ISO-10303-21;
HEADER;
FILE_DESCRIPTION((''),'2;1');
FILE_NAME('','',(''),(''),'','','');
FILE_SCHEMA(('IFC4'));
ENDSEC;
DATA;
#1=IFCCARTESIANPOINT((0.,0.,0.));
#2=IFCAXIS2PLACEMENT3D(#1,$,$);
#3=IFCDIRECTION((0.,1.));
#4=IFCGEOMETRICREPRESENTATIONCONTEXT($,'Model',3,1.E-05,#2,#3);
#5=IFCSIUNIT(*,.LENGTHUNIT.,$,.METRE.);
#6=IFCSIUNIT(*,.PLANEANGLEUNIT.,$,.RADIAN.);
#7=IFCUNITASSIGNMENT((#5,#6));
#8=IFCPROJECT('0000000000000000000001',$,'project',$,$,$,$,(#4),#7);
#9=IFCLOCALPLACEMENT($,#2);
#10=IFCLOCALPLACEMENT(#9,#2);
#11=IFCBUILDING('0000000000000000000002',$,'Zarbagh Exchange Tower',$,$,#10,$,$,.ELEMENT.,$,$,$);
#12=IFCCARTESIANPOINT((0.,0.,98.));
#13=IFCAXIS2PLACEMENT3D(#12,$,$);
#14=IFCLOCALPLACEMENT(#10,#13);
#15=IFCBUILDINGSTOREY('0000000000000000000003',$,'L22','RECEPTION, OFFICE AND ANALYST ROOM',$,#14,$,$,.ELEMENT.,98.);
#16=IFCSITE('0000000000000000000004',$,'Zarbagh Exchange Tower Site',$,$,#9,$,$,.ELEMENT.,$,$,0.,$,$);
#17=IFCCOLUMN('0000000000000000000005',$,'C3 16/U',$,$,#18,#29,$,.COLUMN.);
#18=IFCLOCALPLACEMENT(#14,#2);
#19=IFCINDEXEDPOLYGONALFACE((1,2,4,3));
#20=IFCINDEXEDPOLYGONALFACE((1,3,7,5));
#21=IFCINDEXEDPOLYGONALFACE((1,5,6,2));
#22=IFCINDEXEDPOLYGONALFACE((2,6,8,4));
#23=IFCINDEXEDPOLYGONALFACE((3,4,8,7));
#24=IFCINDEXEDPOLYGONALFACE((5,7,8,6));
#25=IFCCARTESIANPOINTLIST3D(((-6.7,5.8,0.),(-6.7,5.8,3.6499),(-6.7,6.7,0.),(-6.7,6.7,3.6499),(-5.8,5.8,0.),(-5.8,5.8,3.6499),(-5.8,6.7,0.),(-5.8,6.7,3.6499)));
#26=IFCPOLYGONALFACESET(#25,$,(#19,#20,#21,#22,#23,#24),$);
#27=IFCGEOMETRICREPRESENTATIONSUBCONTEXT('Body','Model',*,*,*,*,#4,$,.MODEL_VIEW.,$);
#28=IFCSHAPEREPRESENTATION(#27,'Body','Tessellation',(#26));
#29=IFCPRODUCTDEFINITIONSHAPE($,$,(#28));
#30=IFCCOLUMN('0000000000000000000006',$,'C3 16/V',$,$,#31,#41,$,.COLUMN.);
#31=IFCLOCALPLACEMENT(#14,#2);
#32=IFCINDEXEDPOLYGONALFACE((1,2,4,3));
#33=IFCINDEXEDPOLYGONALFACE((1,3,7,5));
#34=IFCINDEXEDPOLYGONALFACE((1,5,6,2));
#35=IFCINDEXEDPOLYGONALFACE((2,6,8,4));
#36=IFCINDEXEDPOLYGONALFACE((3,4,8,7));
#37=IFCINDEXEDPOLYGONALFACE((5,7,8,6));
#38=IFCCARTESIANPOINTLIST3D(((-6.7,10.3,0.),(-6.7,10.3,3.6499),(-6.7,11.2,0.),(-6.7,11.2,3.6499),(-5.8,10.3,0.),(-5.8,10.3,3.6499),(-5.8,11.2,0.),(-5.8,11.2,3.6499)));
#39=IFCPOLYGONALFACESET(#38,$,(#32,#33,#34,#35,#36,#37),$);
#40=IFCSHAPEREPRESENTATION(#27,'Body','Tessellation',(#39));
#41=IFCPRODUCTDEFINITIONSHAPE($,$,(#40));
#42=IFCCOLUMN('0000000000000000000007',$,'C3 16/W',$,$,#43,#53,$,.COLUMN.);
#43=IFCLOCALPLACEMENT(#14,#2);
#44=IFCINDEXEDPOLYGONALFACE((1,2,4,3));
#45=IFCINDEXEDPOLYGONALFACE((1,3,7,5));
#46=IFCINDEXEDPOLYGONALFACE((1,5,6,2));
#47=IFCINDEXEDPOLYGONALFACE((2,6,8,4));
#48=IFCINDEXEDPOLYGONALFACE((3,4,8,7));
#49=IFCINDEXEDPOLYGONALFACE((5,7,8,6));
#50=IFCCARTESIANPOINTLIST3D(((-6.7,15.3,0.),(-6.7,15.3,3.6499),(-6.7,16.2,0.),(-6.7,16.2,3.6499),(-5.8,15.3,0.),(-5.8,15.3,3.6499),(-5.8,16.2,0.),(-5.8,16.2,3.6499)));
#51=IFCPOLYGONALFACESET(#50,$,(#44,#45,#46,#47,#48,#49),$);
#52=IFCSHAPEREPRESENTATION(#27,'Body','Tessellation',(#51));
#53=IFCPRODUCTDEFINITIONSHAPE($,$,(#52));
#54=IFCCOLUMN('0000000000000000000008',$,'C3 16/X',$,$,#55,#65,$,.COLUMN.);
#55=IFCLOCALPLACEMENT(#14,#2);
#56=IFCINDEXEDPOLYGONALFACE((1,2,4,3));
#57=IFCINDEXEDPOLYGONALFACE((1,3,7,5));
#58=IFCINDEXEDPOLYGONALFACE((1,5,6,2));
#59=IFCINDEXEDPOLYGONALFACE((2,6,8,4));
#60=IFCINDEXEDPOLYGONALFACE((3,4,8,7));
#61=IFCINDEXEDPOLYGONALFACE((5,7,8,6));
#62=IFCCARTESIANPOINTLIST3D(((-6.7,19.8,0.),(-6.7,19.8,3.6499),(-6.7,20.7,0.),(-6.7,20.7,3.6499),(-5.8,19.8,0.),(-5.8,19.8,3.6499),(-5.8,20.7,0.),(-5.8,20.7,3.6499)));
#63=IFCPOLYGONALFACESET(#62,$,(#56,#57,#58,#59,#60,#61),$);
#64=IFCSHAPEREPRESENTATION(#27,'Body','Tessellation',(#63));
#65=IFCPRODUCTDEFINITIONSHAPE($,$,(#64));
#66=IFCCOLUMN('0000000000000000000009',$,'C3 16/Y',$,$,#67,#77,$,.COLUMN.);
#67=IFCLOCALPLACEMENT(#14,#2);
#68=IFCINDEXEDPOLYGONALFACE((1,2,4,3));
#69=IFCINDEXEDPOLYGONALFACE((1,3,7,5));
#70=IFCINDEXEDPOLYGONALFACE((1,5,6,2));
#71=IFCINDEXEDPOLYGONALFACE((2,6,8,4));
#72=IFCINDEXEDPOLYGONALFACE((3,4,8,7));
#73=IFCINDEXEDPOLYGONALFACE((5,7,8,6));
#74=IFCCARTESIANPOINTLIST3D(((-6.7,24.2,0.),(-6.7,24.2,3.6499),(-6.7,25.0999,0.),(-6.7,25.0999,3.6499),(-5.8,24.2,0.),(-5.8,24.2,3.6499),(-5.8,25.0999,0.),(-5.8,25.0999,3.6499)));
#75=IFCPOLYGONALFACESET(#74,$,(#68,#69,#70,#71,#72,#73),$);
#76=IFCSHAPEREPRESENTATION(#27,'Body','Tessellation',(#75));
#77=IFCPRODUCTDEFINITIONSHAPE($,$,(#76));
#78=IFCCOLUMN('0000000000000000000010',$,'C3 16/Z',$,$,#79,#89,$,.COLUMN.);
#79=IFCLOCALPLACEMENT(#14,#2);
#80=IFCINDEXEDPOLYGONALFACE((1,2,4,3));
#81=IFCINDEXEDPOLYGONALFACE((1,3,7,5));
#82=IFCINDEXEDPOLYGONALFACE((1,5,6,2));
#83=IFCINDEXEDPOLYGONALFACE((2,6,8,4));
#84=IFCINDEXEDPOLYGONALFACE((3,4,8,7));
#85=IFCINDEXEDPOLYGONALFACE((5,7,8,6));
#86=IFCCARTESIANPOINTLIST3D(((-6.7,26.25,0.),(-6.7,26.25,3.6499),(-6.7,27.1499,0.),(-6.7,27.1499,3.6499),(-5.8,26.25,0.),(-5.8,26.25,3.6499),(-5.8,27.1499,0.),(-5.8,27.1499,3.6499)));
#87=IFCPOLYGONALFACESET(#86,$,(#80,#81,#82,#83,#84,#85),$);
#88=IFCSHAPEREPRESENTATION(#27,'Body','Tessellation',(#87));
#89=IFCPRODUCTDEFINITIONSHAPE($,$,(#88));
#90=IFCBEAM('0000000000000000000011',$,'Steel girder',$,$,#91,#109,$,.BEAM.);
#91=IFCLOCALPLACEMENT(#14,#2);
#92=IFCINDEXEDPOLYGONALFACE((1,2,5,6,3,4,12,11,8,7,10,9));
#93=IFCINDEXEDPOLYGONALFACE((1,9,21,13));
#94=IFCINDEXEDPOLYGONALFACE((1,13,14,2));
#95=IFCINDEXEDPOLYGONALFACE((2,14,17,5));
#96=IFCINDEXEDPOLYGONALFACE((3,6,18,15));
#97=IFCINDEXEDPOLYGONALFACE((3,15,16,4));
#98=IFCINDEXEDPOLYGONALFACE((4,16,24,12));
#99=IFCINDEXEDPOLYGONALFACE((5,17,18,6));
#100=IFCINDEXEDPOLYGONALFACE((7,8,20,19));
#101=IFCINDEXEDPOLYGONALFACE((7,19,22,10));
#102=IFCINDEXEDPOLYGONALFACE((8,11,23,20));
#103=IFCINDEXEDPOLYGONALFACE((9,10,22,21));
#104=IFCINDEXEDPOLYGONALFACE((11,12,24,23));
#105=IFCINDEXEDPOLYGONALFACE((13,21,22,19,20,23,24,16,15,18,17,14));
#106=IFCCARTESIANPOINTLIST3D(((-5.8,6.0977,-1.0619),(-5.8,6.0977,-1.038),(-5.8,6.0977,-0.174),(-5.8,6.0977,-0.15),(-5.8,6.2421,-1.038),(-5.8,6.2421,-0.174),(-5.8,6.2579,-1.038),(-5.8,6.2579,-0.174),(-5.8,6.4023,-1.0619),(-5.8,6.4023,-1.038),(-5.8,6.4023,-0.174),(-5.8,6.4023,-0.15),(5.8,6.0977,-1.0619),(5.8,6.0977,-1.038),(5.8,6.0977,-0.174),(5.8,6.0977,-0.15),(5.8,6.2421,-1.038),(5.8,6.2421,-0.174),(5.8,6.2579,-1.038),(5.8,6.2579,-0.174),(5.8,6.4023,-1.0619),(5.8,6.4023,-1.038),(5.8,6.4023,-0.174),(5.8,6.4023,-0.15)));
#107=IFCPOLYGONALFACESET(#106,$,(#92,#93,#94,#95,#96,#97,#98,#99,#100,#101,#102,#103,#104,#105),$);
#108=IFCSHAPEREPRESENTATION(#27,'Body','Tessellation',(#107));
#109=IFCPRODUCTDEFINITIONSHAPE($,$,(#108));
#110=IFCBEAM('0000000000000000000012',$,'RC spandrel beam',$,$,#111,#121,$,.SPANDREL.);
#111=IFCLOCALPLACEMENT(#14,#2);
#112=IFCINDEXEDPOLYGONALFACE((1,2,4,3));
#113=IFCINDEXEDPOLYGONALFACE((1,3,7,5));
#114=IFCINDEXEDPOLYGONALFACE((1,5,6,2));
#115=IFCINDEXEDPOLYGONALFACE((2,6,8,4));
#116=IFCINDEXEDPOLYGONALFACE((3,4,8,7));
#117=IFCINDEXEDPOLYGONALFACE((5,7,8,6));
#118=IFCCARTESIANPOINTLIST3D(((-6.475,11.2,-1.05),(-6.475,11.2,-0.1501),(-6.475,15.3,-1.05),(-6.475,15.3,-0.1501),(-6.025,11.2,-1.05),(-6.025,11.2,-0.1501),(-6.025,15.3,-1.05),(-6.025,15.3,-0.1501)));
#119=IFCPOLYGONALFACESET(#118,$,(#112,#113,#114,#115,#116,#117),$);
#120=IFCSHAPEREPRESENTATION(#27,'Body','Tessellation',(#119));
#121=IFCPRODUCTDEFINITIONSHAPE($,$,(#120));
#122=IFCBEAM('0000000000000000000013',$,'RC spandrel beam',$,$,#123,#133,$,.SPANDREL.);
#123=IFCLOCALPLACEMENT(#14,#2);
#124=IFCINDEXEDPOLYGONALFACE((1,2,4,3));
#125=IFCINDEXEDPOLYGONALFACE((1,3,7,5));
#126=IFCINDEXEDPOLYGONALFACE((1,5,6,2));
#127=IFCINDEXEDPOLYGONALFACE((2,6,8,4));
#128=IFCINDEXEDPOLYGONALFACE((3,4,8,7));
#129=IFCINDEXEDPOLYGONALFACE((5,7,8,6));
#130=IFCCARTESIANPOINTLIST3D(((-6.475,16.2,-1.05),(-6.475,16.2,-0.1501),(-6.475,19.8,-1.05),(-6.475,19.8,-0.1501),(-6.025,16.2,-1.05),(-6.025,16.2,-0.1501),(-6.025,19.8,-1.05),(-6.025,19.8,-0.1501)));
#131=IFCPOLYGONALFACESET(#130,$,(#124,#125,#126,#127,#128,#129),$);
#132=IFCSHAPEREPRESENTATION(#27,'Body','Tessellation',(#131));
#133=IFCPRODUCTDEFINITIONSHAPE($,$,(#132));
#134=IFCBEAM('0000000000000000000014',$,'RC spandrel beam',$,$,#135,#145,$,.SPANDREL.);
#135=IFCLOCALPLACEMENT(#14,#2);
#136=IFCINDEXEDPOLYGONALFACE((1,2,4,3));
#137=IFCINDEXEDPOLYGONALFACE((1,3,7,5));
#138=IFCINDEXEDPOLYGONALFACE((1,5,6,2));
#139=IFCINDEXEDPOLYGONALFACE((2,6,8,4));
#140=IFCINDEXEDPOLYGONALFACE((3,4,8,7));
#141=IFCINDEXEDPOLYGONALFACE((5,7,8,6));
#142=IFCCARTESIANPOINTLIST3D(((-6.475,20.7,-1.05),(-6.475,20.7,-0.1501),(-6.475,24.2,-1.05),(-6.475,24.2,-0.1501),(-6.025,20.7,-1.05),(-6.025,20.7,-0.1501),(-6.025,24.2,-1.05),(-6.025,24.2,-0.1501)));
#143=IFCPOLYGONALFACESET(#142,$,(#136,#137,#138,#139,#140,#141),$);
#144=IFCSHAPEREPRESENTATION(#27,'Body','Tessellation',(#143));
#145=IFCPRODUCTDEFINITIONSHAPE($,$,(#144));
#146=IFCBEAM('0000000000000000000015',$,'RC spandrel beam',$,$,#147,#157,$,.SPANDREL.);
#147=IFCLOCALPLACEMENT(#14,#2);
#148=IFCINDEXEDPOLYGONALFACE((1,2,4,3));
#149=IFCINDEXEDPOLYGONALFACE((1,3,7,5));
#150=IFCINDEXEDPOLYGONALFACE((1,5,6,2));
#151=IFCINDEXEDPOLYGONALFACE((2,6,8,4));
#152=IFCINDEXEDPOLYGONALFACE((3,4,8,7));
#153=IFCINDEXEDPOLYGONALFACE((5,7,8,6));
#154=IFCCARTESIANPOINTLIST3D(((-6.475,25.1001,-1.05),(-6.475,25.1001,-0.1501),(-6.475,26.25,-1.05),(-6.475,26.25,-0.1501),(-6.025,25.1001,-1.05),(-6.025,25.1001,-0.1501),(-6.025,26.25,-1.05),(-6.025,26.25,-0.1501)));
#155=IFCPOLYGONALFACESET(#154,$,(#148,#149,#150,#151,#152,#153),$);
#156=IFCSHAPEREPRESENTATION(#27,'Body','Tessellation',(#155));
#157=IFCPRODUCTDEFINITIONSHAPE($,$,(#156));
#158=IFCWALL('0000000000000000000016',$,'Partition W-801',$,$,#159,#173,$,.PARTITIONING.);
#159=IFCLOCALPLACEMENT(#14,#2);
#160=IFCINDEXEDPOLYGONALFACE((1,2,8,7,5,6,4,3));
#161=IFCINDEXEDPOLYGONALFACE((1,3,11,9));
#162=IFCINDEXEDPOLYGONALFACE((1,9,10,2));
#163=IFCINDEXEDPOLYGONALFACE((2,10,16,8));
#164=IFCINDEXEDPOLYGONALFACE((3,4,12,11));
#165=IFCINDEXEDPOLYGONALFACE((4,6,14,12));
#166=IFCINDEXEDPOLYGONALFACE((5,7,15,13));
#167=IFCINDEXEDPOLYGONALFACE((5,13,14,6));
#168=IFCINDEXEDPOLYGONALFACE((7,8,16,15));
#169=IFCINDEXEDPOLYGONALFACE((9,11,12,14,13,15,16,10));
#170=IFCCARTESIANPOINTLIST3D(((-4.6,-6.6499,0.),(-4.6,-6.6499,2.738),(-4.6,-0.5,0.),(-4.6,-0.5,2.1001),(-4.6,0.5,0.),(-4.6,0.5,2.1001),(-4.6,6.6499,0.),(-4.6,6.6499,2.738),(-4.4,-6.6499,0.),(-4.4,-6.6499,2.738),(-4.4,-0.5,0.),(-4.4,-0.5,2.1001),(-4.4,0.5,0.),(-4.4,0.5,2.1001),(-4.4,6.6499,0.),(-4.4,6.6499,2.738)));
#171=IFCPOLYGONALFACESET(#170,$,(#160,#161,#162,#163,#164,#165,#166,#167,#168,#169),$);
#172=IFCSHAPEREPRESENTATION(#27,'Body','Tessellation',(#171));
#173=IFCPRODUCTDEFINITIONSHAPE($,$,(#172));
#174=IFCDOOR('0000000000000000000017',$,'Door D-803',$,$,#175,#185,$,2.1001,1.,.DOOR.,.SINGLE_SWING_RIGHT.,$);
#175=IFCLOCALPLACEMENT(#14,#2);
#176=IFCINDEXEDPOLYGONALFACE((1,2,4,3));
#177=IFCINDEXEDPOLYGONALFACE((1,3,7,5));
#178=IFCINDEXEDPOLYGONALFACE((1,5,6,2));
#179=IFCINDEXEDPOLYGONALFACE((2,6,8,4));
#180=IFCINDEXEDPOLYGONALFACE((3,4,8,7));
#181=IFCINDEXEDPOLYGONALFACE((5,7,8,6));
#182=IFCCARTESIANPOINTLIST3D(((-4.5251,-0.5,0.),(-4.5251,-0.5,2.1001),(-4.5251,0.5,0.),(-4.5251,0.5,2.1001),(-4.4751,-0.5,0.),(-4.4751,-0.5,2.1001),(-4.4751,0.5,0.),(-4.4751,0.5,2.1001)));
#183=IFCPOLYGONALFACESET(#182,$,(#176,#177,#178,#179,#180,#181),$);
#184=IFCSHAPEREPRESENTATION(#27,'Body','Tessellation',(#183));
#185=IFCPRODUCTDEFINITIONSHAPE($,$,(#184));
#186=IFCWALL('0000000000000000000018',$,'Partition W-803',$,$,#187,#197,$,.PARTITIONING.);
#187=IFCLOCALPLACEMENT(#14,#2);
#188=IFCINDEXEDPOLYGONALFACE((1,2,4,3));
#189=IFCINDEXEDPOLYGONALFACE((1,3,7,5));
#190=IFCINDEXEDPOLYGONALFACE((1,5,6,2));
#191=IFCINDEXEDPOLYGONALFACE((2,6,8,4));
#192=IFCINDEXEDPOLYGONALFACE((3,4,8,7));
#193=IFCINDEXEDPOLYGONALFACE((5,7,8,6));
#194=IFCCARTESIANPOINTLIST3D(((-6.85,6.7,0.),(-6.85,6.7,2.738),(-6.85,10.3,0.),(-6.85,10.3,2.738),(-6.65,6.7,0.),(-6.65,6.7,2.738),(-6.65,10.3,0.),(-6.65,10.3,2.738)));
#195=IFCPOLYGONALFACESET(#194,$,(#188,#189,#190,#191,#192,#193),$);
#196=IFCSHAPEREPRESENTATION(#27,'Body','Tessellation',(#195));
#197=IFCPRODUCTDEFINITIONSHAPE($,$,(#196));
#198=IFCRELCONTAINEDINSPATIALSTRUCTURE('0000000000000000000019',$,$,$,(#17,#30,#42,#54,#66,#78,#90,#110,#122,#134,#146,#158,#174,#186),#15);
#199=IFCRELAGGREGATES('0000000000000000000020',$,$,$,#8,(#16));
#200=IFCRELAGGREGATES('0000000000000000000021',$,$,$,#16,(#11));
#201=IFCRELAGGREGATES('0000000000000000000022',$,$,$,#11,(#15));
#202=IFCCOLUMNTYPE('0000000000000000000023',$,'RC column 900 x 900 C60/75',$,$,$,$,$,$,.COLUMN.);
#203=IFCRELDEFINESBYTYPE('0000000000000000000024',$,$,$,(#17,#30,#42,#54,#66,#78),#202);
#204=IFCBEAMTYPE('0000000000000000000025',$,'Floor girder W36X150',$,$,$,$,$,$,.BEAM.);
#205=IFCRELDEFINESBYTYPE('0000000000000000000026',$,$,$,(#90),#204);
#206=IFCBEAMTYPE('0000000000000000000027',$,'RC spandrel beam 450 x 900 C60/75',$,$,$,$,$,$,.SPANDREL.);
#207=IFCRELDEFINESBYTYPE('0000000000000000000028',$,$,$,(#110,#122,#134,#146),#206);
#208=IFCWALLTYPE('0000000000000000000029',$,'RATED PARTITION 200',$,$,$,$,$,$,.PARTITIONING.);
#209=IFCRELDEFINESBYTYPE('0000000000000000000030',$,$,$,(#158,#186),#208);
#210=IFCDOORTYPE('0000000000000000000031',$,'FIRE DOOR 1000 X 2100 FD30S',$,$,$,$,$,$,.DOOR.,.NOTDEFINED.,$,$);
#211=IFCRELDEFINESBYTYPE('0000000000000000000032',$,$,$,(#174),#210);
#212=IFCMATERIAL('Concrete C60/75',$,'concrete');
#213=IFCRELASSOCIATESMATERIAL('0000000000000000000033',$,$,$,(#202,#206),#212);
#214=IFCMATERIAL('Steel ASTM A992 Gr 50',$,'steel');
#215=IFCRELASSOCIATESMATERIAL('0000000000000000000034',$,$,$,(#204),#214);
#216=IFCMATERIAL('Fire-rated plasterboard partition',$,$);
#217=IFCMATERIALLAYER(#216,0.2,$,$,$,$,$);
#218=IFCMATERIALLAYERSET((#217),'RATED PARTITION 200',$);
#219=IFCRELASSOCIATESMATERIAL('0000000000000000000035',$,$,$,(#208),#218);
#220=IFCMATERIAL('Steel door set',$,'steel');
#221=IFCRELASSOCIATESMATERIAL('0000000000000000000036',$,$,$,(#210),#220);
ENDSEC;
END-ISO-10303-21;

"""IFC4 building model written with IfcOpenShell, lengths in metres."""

from ifc_helpers import new_model, si_unit, direction, frame, frame_2d, origin, origin_2d, place, context, subcontext, project, spatial, rectangle, i_section, extrude, material, layer, layer_set, material_profile, profile_set, type_object, element, fill, save


model = new_model("IFC4")

# Units and contexts
model_context = context("Model", 3, precision=1e-05, world=origin(), true_north=direction((0.0, 1.0)))
body_context = subcontext(model_context, "Body", "Model", "MODEL_VIEW")
ifc_project = project(units=[si_unit("LENGTHUNIT", "METRE"), si_unit("PLANEANGLEUNIT", "RADIAN")], contexts=[model_context])

# Site, building, storey
site_placement = place(None, origin())
site = spatial("IfcSite", under=ifc_project, at=site_placement, Name="Zarbagh Exchange Tower Site", CompositionType="ELEMENT", RefElevation=0.0)
building_placement = place(site_placement, origin())
building = spatial("IfcBuilding", under=site, at=building_placement, Name="Zarbagh Exchange Tower", CompositionType="ELEMENT")
storey_placement = place(building_placement, frame((0.0, 0.0, 98.0)))
storey = spatial("IfcBuildingStorey", under=building, at=storey_placement, Name="L22", Description="RECEPTION, OFFICE AND ANALYST ROOM", CompositionType="ELEMENT", Elevation=98.0)

# Columns
ifc_material_1 = material(Name="Concrete C60/75", Category="concrete")
ifc_material_profile_1 = material_profile(ifc_material_1, rectangle(XDim=0.8999, YDim=0.8999, at=origin_2d()), Name="RC column 900 x 900 C60/75")
ifc_profile_set_1 = profile_set([ifc_material_profile_1], Name="Concrete C60/75")
column_type = type_object("IfcColumnType", Name="RC column 900 x 900 C60/75", PredefinedType="COLUMN", material=ifc_profile_set_1)
for number, where, z_axis, x_axis, name in (
    (1, (-6.25, 6.25, 0.0), (0.0, 0.0, 1.0), (1.0, 0.0, 0.0), "C3 16/U"),
    (2, (-6.25, 10.75, 0.0), (0.0, 0.0, 1.0), (1.0, 0.0, 0.0), "C3 16/V"),
    (3, (-6.25, 15.75, 0.0), (0.0, 0.0, 1.0), (1.0, 0.0, 0.0), "C3 16/W"),
    (4, (-6.25, 20.25, 0.0), (0.0, 0.0, 1.0), (1.0, 0.0, 0.0), "C3 16/X"),
    (5, (-6.25, 24.6499, 0.0), (0.0, 0.0, 1.0), (1.0, 0.0, 0.0), "C3 16/Y"),
    (6, (-6.25, 26.7, 0.0), (0.0, 0.0, 1.0), (1.0, 0.0, 0.0), "C3 16/Z"),
):
    element("IfcColumn", number, at=place(storey_placement, frame(where, z_axis=z_axis, x_axis=x_axis)), inside=storey, type_object=column_type, Name=name, PredefinedType="COLUMN", context=body_context, shape_type="SweptSolid", body=[
        extrude(rectangle(XDim=0.8999, YDim=0.8999, at=origin_2d()), origin(), (0.0, 0.0, 1.0), 3.6499),
    ])

# Beams
ifc_material_2 = material(Name="Steel ASTM A992 Gr 50", Category="steel")
ifc_material_profile_2 = material_profile(ifc_material_2, i_section(OverallWidth=0.3047, OverallDepth=0.9119, WebThickness=0.0159, FlangeThickness=0.0239, at=origin_2d()), Name="W36X150")
ifc_profile_set_2 = profile_set([ifc_material_profile_2], Name="Steel ASTM A992 Gr 50")
beam_type_1 = type_object("IfcBeamType", Name="Floor girder W36X150", PredefinedType="BEAM", material=ifc_profile_set_2)
beam_1_placement = place(storey_placement, frame((-5.8, 6.25, -0.606), z_axis=(1.0, 0.0, 0.0), x_axis=(0.0, 1.0, 0.0)))
element("IfcBeam", 7, at=beam_1_placement, inside=storey, type_object=beam_type_1, Name="Steel girder", PredefinedType="BEAM", context=body_context, shape_type="SweptSolid", body=[
    extrude(i_section(OverallWidth=0.3047, OverallDepth=0.9119, WebThickness=0.0159, FlangeThickness=0.0239, at=origin_2d()), origin(), (0.0, 0.0, 1.0), 11.6001),
])
ifc_material_profile_3 = material_profile(ifc_material_1, rectangle(XDim=0.45, YDim=0.8999, at=origin_2d()), Name="RC spandrel beam 450 x 900 C60/75")
ifc_profile_set_3 = profile_set([ifc_material_profile_3], Name="Concrete C60/75")
beam_type_2 = type_object("IfcBeamType", Name="RC spandrel beam 450 x 900 C60/75", PredefinedType="SPANDREL", material=ifc_profile_set_3)
beam_2_placement = place(storey_placement, frame((-6.25, 11.2, -0.6001), z_axis=(0.0, 1.0, 0.0), x_axis=(-1.0, 0.0, 0.0)))
element("IfcBeam", 8, at=beam_2_placement, inside=storey, type_object=beam_type_2, Name="RC spandrel beam", PredefinedType="SPANDREL", context=body_context, shape_type="SweptSolid", body=[
    extrude(rectangle(XDim=0.45, YDim=0.8999, at=origin_2d()), origin(), (0.0, 0.0, 1.0), 4.1001),
])
beam_3_placement = place(storey_placement, frame((-6.25, 16.2, -0.6001), z_axis=(0.0, 1.0, 0.0), x_axis=(-1.0, 0.0, 0.0)))
element("IfcBeam", 9, at=beam_3_placement, inside=storey, type_object=beam_type_2, Name="RC spandrel beam", PredefinedType="SPANDREL", context=body_context, shape_type="SweptSolid", body=[
    extrude(rectangle(XDim=0.45, YDim=0.8999, at=origin_2d()), origin(), (0.0, 0.0, 1.0), 3.6001),
])
beam_4_placement = place(storey_placement, frame((-6.25, 20.7, -0.6001), z_axis=(0.0, 1.0, 0.0), x_axis=(-1.0, 0.0, 0.0)))
element("IfcBeam", 10, at=beam_4_placement, inside=storey, type_object=beam_type_2, Name="RC spandrel beam", PredefinedType="SPANDREL", context=body_context, shape_type="SweptSolid", body=[
    extrude(rectangle(XDim=0.45, YDim=0.8999, at=origin_2d()), origin(), (0.0, 0.0, 1.0), 3.5),
])
beam_5_placement = place(storey_placement, frame((-6.25, 25.1001, -0.6001), z_axis=(0.0, 1.0, 0.0), x_axis=(-1.0, 0.0, 0.0)))
element("IfcBeam", 11, at=beam_5_placement, inside=storey, type_object=beam_type_2, Name="RC spandrel beam", PredefinedType="SPANDREL", context=body_context, shape_type="SweptSolid", body=[
    extrude(rectangle(XDim=0.45, YDim=0.8999, at=origin_2d()), origin(), (0.0, 0.0, 1.0), 1.1499),
])

# Wall, opening, door
ifc_material_3 = material(Name="Fire-rated plasterboard partition")
ifc_layer_1 = layer(ifc_material_3, 0.2)
ifc_layer_set_1 = layer_set([ifc_layer_1], Name="RATED PARTITION 200")
wall_type_1 = type_object("IfcWallType", Name="RATED PARTITION 200", PredefinedType="PARTITIONING", material=ifc_layer_set_1)
wall_1_placement = place(storey_placement, frame((-4.5, 6.6499, 0.0), z_axis=(0.0, 0.0, 1.0), x_axis=(0.0, -1.0, 0.0)))
wall_1 = element("IfcWall", 12, at=wall_1_placement, inside=storey, type_object=wall_type_1, Name="Partition W-801", PredefinedType="PARTITIONING", context=body_context, shape_type="SweptSolid", body=[
    extrude(rectangle(XDim=13.2998, YDim=0.2, at=frame_2d((6.6499, 0.0))), origin(), (0.0, 0.0, 1.0), 2.738),
])
opening_1_placement = place(wall_1_placement, frame((6.1499, 0.0, 0.0)))
opening_1 = element("IfcOpeningElement", 13, at=opening_1_placement, cuts=wall_1, PredefinedType="OPENING", context=body_context, shape_type="SweptSolid", body=[
    extrude(rectangle(XDim=1.0, YDim=2.1001, at=frame_2d((0.5, 1.05))), frame((0.0, 0.1099, 0.0), z_axis=(0.0, -1.0, 0.0), x_axis=(1.0, 0.0, 0.0)), (0.0, 0.0, 1.0), 0.22),
])
ifc_material_4 = material(Name="Steel door set", Category="steel")
door_type_1 = type_object("IfcDoorType", Name="FIRE DOOR 1000 X 2100 FD30S", OperationType="NOTDEFINED", PredefinedType="DOOR", material=ifc_material_4)
door_1_placement = place(opening_1_placement, origin())
door_1 = element("IfcDoor", 14, at=door_1_placement, inside=storey, type_object=door_type_1, Name="Door D-803", OperationType="SINGLE_SWING_RIGHT", OverallHeight=2.1001, OverallWidth=1.0, PredefinedType="DOOR", context=body_context, shape_type="SweptSolid", body=[
    extrude(rectangle(XDim=1.0, YDim=2.1001, at=frame_2d((0.5, 1.05))), frame((0.0, 0.0249, 0.0), z_axis=(0.0, -1.0, 0.0), x_axis=(1.0, 0.0, 0.0)), (0.0, 0.0, 1.0), 0.05),
])
fill(opening_1, door_1)

# Wall
wall_2_placement = place(storey_placement, frame((-6.75, 6.7, 0.0), z_axis=(0.0, 0.0, 1.0), x_axis=(0.0, 1.0, 0.0)))
element("IfcWall", 15, at=wall_2_placement, inside=storey, type_object=wall_type_1, Name="Partition W-803", PredefinedType="PARTITIONING", context=body_context, shape_type="SweptSolid", body=[
    extrude(rectangle(XDim=3.6001, YDim=0.2, at=frame_2d((1.8, 0.0))), origin(), (0.0, 0.0, 1.0), 2.738),
])

save(model, "model.ifc")
